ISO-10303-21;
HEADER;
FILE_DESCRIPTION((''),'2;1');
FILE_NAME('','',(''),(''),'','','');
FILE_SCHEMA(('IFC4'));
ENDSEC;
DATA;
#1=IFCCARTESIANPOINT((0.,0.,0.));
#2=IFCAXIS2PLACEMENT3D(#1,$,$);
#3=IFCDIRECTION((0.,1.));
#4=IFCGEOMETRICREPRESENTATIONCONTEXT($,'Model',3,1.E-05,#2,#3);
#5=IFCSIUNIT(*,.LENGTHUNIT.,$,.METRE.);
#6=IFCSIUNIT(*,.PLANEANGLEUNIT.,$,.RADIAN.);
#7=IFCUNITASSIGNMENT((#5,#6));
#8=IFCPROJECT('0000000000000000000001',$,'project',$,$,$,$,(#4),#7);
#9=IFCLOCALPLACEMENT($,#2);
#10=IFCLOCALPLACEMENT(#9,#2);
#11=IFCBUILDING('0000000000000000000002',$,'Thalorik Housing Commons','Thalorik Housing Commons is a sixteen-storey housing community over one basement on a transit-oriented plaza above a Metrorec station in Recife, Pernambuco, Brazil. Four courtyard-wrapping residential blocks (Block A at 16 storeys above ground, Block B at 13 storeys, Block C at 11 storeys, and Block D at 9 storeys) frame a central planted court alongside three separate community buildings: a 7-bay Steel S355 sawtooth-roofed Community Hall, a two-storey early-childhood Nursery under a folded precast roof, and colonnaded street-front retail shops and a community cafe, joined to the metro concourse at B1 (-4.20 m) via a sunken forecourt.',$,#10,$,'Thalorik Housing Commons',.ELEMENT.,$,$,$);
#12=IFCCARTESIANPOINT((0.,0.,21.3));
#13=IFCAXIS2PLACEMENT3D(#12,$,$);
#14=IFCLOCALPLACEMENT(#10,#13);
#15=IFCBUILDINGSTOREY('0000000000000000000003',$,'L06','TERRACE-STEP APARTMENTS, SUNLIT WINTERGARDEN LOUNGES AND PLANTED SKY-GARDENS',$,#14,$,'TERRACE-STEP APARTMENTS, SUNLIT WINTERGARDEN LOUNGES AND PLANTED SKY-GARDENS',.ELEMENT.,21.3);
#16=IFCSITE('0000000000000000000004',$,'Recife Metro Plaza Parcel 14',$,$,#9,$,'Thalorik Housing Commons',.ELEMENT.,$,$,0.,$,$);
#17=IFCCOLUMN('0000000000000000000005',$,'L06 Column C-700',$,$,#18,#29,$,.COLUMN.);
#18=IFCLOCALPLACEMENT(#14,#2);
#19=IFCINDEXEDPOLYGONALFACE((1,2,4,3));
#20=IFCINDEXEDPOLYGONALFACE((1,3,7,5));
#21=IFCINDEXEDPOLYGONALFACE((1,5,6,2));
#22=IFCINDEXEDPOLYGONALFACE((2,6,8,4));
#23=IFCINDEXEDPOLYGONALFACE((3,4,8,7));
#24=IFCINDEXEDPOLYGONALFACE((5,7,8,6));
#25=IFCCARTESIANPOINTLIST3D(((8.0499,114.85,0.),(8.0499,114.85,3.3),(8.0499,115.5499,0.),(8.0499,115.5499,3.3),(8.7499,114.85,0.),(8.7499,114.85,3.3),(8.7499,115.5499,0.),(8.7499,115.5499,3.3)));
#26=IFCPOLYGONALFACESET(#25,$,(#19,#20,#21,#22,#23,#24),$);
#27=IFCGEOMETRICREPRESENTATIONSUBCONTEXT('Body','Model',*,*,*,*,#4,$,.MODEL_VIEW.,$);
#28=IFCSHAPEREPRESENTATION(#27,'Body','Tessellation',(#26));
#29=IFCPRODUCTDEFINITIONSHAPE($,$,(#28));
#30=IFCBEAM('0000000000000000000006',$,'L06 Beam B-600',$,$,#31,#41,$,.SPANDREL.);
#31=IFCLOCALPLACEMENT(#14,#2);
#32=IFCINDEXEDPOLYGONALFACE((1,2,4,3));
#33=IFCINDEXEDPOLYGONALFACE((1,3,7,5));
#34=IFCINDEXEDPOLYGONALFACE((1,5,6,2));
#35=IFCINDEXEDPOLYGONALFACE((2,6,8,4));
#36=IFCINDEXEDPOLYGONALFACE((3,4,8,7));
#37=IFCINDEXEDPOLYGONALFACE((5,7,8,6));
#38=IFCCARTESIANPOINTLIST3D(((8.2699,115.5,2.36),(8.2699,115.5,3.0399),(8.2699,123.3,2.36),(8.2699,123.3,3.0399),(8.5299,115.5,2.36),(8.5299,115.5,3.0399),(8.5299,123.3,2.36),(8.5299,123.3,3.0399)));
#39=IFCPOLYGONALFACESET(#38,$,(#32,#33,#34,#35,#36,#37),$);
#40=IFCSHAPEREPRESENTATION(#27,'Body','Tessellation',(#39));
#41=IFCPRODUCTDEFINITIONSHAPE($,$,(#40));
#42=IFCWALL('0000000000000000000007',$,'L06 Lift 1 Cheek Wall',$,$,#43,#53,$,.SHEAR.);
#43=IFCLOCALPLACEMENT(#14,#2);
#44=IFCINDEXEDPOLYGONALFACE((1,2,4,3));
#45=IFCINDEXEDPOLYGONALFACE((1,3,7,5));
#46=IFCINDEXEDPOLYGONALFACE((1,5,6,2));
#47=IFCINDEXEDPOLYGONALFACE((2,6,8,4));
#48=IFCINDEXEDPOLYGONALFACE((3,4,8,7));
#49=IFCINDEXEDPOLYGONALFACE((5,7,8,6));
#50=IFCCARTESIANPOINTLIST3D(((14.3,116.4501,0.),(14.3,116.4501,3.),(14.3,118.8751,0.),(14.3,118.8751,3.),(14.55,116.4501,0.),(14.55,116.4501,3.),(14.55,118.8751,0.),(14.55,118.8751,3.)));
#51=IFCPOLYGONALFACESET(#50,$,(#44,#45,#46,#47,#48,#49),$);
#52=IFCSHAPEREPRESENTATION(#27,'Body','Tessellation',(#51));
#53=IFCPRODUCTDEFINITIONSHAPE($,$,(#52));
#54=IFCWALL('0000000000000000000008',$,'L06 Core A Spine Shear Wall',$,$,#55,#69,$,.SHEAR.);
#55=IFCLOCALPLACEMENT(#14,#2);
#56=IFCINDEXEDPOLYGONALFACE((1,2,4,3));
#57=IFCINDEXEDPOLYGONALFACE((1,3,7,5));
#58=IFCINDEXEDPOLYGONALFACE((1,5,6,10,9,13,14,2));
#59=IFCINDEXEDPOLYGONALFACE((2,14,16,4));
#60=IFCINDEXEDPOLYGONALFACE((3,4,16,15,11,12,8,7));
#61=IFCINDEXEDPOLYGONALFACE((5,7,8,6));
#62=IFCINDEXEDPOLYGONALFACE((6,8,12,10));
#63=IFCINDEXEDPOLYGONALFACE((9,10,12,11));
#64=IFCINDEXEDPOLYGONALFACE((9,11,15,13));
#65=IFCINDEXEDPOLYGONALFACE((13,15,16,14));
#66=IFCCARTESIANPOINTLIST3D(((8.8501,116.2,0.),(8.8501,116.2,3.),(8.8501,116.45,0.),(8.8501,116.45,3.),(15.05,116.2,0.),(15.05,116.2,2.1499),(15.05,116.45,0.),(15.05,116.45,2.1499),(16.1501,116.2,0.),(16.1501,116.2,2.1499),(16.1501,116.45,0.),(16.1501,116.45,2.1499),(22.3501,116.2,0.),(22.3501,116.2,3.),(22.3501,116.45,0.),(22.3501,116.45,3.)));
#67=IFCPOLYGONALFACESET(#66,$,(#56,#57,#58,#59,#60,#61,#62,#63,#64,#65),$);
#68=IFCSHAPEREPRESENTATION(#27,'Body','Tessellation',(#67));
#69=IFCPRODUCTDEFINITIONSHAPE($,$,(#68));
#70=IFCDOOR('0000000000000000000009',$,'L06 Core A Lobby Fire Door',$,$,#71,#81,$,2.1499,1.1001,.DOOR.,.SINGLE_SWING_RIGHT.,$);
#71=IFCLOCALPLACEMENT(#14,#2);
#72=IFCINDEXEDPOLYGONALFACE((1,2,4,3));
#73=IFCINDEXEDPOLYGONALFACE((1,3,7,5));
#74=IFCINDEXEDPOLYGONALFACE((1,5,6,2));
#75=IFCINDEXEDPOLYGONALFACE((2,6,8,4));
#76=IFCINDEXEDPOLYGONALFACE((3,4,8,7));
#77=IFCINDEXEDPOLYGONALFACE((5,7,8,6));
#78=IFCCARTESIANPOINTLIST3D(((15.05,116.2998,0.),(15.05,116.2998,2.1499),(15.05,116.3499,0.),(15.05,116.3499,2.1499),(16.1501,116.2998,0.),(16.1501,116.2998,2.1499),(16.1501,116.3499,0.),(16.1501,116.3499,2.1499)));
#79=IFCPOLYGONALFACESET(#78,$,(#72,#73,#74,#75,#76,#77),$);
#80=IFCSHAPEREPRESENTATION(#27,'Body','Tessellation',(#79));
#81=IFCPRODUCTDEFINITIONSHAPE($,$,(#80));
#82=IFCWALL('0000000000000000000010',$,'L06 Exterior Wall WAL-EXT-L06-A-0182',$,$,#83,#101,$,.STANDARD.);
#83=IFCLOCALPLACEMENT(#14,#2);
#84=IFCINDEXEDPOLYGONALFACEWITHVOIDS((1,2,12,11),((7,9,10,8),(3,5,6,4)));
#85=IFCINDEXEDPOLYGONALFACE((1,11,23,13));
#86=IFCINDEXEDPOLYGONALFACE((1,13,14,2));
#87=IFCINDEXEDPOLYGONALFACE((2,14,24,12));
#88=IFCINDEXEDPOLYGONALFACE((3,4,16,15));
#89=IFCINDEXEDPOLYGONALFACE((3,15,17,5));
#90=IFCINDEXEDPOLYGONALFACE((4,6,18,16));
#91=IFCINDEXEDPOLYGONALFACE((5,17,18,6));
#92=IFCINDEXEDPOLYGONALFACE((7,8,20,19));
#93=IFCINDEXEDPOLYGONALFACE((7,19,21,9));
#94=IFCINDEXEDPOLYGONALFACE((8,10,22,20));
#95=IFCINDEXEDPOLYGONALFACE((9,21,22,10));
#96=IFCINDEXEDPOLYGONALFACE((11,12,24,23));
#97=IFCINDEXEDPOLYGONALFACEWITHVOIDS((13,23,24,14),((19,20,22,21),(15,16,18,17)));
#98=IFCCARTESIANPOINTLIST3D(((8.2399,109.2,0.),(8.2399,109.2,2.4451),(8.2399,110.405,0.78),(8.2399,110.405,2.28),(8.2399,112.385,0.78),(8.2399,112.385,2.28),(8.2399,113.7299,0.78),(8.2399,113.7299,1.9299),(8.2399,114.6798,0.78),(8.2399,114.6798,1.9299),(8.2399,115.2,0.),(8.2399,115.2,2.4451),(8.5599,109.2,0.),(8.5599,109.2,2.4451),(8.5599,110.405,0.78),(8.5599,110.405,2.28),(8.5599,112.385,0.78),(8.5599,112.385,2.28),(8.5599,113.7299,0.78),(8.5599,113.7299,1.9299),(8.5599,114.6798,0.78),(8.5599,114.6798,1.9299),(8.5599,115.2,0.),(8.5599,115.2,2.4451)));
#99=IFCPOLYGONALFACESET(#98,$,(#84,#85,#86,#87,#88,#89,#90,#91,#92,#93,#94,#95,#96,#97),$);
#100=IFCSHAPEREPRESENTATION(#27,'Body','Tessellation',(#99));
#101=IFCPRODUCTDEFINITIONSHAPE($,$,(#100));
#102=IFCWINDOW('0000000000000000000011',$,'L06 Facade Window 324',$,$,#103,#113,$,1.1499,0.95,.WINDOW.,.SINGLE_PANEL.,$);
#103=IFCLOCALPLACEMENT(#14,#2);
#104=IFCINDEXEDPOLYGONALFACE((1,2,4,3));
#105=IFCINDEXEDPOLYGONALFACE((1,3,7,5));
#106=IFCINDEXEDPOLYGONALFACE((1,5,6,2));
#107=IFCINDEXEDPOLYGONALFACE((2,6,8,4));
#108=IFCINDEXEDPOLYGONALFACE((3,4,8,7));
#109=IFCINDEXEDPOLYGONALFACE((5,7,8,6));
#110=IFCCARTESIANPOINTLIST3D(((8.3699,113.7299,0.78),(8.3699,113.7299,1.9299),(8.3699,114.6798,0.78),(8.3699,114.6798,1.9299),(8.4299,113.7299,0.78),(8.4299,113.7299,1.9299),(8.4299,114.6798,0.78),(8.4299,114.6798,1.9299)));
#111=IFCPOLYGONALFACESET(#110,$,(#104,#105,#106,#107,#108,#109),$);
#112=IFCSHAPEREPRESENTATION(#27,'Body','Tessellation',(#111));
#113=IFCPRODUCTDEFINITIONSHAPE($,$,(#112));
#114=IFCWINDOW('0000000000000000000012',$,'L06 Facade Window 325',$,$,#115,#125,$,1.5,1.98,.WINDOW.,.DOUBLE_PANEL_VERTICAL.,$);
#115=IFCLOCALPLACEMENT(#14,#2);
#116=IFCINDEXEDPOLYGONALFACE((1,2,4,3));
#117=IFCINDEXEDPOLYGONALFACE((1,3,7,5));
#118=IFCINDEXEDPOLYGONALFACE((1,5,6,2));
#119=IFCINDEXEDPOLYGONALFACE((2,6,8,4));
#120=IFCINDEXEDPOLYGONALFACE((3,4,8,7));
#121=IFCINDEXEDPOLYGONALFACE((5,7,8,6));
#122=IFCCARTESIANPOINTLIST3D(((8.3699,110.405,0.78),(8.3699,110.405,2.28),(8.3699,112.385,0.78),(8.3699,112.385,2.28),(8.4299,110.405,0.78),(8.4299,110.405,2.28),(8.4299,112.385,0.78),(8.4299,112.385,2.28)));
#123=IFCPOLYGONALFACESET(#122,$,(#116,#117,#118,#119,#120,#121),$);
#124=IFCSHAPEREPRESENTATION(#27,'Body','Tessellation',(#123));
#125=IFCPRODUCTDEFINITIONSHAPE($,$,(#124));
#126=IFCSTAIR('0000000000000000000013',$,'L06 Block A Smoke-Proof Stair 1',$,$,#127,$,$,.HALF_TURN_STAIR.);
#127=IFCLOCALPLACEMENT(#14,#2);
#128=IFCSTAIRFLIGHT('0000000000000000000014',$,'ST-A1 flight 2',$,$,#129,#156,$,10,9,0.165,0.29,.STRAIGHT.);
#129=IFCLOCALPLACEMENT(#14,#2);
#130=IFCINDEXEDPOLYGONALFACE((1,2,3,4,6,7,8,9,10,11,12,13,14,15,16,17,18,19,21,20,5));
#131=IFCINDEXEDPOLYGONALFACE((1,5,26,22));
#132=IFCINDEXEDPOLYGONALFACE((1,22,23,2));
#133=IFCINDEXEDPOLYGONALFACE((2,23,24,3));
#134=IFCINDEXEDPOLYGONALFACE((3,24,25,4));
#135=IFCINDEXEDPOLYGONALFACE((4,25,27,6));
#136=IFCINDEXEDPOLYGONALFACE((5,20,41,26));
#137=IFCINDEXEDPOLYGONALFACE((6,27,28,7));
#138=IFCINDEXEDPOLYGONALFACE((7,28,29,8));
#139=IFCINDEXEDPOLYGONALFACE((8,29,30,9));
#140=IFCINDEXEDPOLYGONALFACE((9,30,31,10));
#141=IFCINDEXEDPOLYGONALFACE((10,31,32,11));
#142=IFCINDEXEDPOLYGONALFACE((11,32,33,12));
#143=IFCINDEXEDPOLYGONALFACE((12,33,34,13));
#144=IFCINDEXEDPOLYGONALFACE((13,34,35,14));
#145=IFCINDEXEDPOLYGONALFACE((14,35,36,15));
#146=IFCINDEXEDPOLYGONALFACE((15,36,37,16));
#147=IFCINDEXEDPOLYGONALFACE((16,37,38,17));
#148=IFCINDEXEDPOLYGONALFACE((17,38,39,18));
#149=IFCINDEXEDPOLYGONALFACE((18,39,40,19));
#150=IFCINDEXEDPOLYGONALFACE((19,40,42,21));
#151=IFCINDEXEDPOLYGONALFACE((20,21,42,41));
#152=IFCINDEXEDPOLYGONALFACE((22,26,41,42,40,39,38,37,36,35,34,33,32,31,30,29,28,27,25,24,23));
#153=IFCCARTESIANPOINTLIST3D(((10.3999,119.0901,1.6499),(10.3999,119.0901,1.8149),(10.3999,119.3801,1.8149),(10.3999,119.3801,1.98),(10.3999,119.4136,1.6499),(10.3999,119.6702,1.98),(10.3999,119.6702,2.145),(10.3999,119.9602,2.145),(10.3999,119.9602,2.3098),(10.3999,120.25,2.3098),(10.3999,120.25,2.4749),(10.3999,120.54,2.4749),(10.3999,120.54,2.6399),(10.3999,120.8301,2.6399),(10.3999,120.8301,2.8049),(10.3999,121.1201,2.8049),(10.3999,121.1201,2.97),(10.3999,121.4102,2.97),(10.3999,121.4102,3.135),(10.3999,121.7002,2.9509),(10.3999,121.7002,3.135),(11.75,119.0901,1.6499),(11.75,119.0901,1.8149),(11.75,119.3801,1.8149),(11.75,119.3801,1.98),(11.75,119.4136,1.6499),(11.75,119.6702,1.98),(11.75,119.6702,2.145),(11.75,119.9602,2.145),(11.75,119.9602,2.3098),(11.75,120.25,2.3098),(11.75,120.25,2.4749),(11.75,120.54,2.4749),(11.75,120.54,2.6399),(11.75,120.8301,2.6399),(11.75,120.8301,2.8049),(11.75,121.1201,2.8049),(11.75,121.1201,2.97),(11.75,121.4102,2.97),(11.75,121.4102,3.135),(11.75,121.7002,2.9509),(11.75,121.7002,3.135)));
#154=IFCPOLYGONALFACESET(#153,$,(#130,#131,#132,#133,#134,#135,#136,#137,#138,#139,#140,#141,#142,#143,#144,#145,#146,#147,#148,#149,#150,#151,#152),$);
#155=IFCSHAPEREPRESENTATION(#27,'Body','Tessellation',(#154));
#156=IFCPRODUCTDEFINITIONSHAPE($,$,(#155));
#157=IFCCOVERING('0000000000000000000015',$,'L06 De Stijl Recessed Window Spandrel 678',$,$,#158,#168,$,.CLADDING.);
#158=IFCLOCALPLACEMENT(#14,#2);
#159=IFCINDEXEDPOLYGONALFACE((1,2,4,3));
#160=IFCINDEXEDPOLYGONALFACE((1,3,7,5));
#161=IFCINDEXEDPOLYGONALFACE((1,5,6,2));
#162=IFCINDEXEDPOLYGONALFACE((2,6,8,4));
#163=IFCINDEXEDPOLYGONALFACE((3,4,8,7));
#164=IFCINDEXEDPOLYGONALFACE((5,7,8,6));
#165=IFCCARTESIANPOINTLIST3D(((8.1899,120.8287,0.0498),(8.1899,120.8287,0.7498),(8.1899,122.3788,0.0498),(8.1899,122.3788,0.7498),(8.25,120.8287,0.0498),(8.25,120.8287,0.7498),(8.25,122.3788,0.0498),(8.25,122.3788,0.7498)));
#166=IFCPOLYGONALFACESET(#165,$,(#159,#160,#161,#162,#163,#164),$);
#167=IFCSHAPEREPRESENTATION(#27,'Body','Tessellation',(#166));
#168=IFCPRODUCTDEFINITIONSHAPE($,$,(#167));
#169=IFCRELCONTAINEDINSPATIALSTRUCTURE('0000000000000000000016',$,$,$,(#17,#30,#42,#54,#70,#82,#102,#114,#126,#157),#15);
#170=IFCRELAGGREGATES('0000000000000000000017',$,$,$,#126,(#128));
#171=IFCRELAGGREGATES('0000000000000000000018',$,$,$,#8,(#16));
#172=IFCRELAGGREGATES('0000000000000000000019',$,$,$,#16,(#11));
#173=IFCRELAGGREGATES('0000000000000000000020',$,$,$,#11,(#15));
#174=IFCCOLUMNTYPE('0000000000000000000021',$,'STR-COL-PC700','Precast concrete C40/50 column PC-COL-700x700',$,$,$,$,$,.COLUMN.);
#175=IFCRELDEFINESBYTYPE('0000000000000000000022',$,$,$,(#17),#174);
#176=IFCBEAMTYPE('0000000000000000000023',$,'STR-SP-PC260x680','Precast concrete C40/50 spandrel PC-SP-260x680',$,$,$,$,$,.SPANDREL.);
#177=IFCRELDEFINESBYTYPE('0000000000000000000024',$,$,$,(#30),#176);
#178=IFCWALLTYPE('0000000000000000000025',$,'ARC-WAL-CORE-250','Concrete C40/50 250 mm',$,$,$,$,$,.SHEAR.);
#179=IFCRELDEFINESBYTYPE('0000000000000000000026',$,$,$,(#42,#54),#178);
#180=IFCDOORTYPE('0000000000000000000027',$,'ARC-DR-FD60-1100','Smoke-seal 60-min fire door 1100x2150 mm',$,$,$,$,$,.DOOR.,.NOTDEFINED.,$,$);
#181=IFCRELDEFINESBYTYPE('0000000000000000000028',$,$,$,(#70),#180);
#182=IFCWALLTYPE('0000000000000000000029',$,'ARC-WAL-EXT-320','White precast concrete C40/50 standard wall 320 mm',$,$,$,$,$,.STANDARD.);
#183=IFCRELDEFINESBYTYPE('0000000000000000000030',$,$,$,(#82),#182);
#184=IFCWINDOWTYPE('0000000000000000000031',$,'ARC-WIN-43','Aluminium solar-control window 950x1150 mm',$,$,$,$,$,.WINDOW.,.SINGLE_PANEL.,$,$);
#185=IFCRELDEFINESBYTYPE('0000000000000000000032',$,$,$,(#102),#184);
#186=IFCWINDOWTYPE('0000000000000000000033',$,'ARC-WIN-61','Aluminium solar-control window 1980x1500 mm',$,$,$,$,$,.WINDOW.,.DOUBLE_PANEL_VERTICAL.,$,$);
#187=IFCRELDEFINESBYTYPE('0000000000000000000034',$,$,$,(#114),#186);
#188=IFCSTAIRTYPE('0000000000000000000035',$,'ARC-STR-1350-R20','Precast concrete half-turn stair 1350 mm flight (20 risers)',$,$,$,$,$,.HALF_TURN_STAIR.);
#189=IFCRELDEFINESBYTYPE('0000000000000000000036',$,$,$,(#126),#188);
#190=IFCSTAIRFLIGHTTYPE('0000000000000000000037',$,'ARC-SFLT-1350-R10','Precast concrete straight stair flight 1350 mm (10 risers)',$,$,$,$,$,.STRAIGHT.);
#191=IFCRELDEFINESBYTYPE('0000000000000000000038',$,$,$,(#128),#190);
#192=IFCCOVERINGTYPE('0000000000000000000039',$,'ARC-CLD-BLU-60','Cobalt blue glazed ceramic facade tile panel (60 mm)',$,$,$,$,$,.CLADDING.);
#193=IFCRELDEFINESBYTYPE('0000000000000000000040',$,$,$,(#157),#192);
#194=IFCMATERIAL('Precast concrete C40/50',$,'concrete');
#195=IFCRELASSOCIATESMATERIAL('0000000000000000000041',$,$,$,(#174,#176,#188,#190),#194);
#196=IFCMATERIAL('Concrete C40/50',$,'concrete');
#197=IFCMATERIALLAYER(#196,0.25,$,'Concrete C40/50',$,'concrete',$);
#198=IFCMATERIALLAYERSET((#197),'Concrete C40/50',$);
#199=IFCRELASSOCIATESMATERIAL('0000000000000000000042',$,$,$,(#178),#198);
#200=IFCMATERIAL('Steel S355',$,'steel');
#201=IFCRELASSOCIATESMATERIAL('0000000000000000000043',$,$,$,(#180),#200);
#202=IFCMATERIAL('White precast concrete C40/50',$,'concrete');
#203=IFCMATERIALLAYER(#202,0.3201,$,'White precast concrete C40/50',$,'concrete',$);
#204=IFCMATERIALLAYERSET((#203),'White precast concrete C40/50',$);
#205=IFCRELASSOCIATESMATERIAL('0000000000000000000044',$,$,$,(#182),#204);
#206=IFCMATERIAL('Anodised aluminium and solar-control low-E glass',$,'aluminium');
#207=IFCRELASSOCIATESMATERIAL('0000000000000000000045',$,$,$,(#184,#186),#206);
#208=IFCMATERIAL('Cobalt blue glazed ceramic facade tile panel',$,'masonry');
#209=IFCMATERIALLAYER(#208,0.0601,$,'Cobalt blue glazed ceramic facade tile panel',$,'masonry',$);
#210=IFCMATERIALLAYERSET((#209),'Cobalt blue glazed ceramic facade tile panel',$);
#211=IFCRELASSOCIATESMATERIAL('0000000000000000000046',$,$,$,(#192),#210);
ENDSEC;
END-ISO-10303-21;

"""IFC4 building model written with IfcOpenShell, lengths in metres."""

from ifc_helpers import new_model, si_unit, direction, frame, frame_2d, origin, origin_2d, place, context, subcontext, project, spatial, polyline, rectangle, outline, extrude, material, layer, layer_set, material_profile, profile_set, type_object, element, fill, aggregate, save


model = new_model("IFC4")

# Units and contexts
model_context = context("Model", 3, precision=1e-05, world=origin(), true_north=direction((0.0, 1.0)))
body_context = subcontext(model_context, "Body", "Model", "MODEL_VIEW")
ifc_project = project(units=[si_unit("LENGTHUNIT", "METRE"), si_unit("PLANEANGLEUNIT", "RADIAN")], contexts=[model_context])

# Site, building, storey
site_placement = place(None, origin())
site = spatial("IfcSite", under=ifc_project, at=site_placement, Name="Recife Metro Plaza Parcel 14", LongName="Thalorik Housing Commons", CompositionType="ELEMENT", RefElevation=0.0)
building_placement = place(site_placement, origin())
building = spatial("IfcBuilding", under=site, at=building_placement, Name="Thalorik Housing Commons", Description="Thalorik Housing Commons is a sixteen-storey housing community over one basement on a transit-oriented plaza above a Metrorec station in Recife, Pernambuco, Brazil. Four courtyard-wrapping residential blocks (Block A at 16 storeys above ground, Block B at 13 storeys, Block C at 11 storeys, and Block D at 9 storeys) frame a central planted court alongside three separate community buildings: a 7-bay Steel S355 sawtooth-roofed Community Hall, a two-storey early-childhood Nursery under a folded precast roof, and colonnaded street-front retail shops and a community cafe, joined to the metro concourse at B1 (-4.20 m) via a sunken forecourt.", LongName="Thalorik Housing Commons", CompositionType="ELEMENT")
storey_placement = place(building_placement, frame((0.0, 0.0, 21.3)))
storey = spatial("IfcBuildingStorey", under=building, at=storey_placement, Name="L06", Description="TERRACE-STEP APARTMENTS, SUNLIT WINTERGARDEN LOUNGES AND PLANTED SKY-GARDENS", LongName="TERRACE-STEP APARTMENTS, SUNLIT WINTERGARDEN LOUNGES AND PLANTED SKY-GARDENS", CompositionType="ELEMENT", Elevation=21.3)

# Column
ifc_material_1 = material(Name="Precast concrete C40/50", Category="concrete")
ifc_material_profile_1 = material_profile(ifc_material_1, rectangle(XDim=0.7, YDim=0.7, at=origin_2d()), Name="PC 700x700", Category="concrete")
ifc_profile_set_1 = profile_set([ifc_material_profile_1], Name="Precast concrete C40/50")
column_type = type_object("IfcColumnType", Name="STR-COL-PC700", Description="Precast concrete C40/50 column PC-COL-700x700", PredefinedType="COLUMN", material=ifc_profile_set_1)
column_placement = place(storey_placement, frame((8.3999, 115.2, 0.0), z_axis=(0.0, 0.0, 1.0), x_axis=(1.0, 0.0, 0.0)))
element("IfcColumn", 1, at=column_placement, inside=storey, type_object=column_type, Name="L06 Column C-700", PredefinedType="COLUMN", context=body_context, shape_type="SweptSolid", body=[
    extrude(rectangle(XDim=0.7, YDim=0.7, at=origin_2d()), origin(), (0.0, 0.0, 1.0), 3.3),
])

# Beam
ifc_material_profile_2 = material_profile(ifc_material_1, rectangle(XDim=0.26, YDim=0.6799, at=origin_2d()), Name="PC SP 260x680", Category="concrete")
ifc_profile_set_2 = profile_set([ifc_material_profile_2], Name="Precast concrete C40/50")
beam_type = type_object("IfcBeamType", Name="STR-SP-PC260x680", Description="Precast concrete C40/50 spandrel PC-SP-260x680", PredefinedType="SPANDREL", material=ifc_profile_set_2)
beam_placement = place(storey_placement, frame((8.3999, 115.5, 2.7), z_axis=(0.0, 1.0, 0.0), x_axis=(-1.0, 0.0, 0.0)))
element("IfcBeam", 2, at=beam_placement, inside=storey, type_object=beam_type, Name="L06 Beam B-600", PredefinedType="SPANDREL", context=body_context, shape_type="SweptSolid", body=[
    extrude(rectangle(XDim=0.26, YDim=0.6799, at=origin_2d()), origin(), (0.0, 0.0, 1.0), 7.8),
])

# Shared definitions
ifc_material_2 = material(Name="Concrete C40/50", Category="concrete")
ifc_layer_1 = layer(ifc_material_2, 0.25, Name="Concrete C40/50", Category="concrete")
ifc_layer_set_1 = layer_set([ifc_layer_1], Name="Concrete C40/50")
wall_type_1 = type_object("IfcWallType", Name="ARC-WAL-CORE-250", Description="Concrete C40/50 250 mm", PredefinedType="SHEAR", material=ifc_layer_set_1)
ifc_material_3 = material(Name="Steel S355", Category="steel")

# Wall
wall_1_placement = place(storey_placement, frame((14.425, 118.875, 0.0), z_axis=(0.0, 0.0, 1.0), x_axis=(0.0, -1.0, 0.0)))
element("IfcWall", 3, at=wall_1_placement, inside=storey, type_object=wall_type_1, Name="L06 Lift 1 Cheek Wall", PredefinedType="SHEAR", context=body_context, shape_type="SweptSolid", body=[
    extrude(rectangle(XDim=2.425, YDim=0.25, at=frame_2d((1.2124, 0.0))), origin(), (0.0, 0.0, 1.0), 3.0),
])

# Wall, opening, door
wall_2_placement = place(storey_placement, frame((8.8501, 116.325, 0.0), z_axis=(0.0, 0.0, 1.0), x_axis=(1.0, 0.0, 0.0)))
wall_2 = element("IfcWall", 4, at=wall_2_placement, inside=storey, type_object=wall_type_1, Name="L06 Core A Spine Shear Wall", PredefinedType="SHEAR", context=body_context, shape_type="SweptSolid", body=[
    extrude(rectangle(XDim=13.5, YDim=0.25, at=frame_2d((6.75, 0.0))), origin(), (0.0, 0.0, 1.0), 3.0),
])
opening_1_placement = place(wall_2_placement, frame((6.2, 0.0, 0.0)))
opening_1 = element("IfcOpeningElement", 5, at=opening_1_placement, cuts=wall_2, PredefinedType="OPENING", context=body_context, shape_type="SweptSolid", body=[
    extrude(rectangle(XDim=1.1001, YDim=2.1499, at=frame_2d((0.55, 1.075))), frame((0.0, 0.135, 0.0), z_axis=(0.0, -1.0, 0.0), x_axis=(1.0, 0.0, 0.0)), (0.0, 0.0, 1.0), 0.27),
])
door_type_1 = type_object("IfcDoorType", Name="ARC-DR-FD60-1100", Description="Smoke-seal 60-min fire door 1100x2150 mm", OperationType="NOTDEFINED", PredefinedType="DOOR", material=ifc_material_3)
door_1_placement = place(opening_1_placement, origin())
door_1 = element("IfcDoor", 6, at=door_1_placement, inside=storey, type_object=door_type_1, Name="L06 Core A Lobby Fire Door", OperationType="SINGLE_SWING_RIGHT", OverallHeight=2.1499, OverallWidth=1.1001, PredefinedType="DOOR", context=body_context, shape_type="SweptSolid", body=[
    extrude(rectangle(XDim=1.1001, YDim=2.1499, at=frame_2d((0.55, 1.075))), frame((0.0, 0.0249, 0.0), z_axis=(0.0, -1.0, 0.0), x_axis=(1.0, 0.0, 0.0)), (0.0, 0.0, 1.0), 0.05),
])
fill(opening_1, door_1)

# Wall, openings, windows
ifc_material_4 = material(Name="White precast concrete C40/50", Category="concrete")
ifc_layer_2 = layer(ifc_material_4, 0.3201, Name="White precast concrete C40/50", Category="concrete")
ifc_layer_set_2 = layer_set([ifc_layer_2], Name="White precast concrete C40/50")
wall_type_2 = type_object("IfcWallType", Name="ARC-WAL-EXT-320", Description="White precast concrete C40/50 standard wall 320 mm", PredefinedType="STANDARD", material=ifc_layer_set_2)
wall_3_placement = place(storey_placement, frame((8.3999, 115.2, 0.0), z_axis=(0.0, 0.0, 1.0), x_axis=(0.0, -1.0, 0.0)))
wall_3 = element("IfcWall", 7, at=wall_3_placement, inside=storey, type_object=wall_type_2, Name="L06 Exterior Wall WAL-EXT-L06-A-0182", PredefinedType="STANDARD", context=body_context, shape_type="SweptSolid", body=[
    extrude(rectangle(XDim=6.0, YDim=0.3201, at=frame_2d((3.0, 0.0))), origin(), (0.0, 0.0, 1.0), 2.4451),
])
opening_2_placement = place(wall_3_placement, frame((0.52, 0.0, 0.78)))
opening_2 = element("IfcOpeningElement", 8, at=opening_2_placement, cuts=wall_3, PredefinedType="OPENING", context=body_context, shape_type="SweptSolid", body=[
    extrude(rectangle(XDim=0.95, YDim=1.1499, at=frame_2d((0.4751, 0.575))), frame((0.0, 0.1699, 0.0), z_axis=(0.0, -1.0, 0.0), x_axis=(1.0, 0.0, 0.0)), (0.0, 0.0, 1.0), 0.3401),
])
opening_3_placement = place(wall_3_placement, frame((2.8149, 0.0, 0.78)))
opening_3 = element("IfcOpeningElement", 9, at=opening_3_placement, cuts=wall_3, PredefinedType="OPENING", context=body_context, shape_type="SweptSolid", body=[
    extrude(rectangle(XDim=1.98, YDim=1.5, at=frame_2d((0.99, 0.75))), frame((0.0, 0.1699, 0.0), z_axis=(0.0, -1.0, 0.0), x_axis=(1.0, 0.0, 0.0)), (0.0, 0.0, 1.0), 0.3401),
])
ifc_material_5 = material(Name="Anodised aluminium and solar-control low-E glass", Category="aluminium")
window_type_1 = type_object("IfcWindowType", Name="ARC-WIN-43", Description="Aluminium solar-control window 950x1150 mm", PartitioningType="SINGLE_PANEL", PredefinedType="WINDOW", material=ifc_material_5)
window_1_placement = place(opening_2_placement, origin())
window_1 = element("IfcWindow", 10, at=window_1_placement, inside=storey, type_object=window_type_1, Name="L06 Facade Window 324", OverallHeight=1.1499, OverallWidth=0.95, PartitioningType="SINGLE_PANEL", PredefinedType="WINDOW", context=body_context, shape_type="SweptSolid", body=[
    extrude(rectangle(XDim=0.95, YDim=1.1499, at=frame_2d((0.4751, 0.575))), frame((0.0, 0.03, 0.0), z_axis=(0.0, -1.0, 0.0), x_axis=(1.0, 0.0, 0.0)), (0.0, 0.0, 1.0), 0.0601),
])
fill(opening_2, window_1)
window_type_2 = type_object("IfcWindowType", Name="ARC-WIN-61", Description="Aluminium solar-control window 1980x1500 mm", PartitioningType="DOUBLE_PANEL_VERTICAL", PredefinedType="WINDOW", material=ifc_material_5)
window_2_placement = place(opening_3_placement, origin())
window_2 = element("IfcWindow", 11, at=window_2_placement, inside=storey, type_object=window_type_2, Name="L06 Facade Window 325", OverallHeight=1.5, OverallWidth=1.98, PartitioningType="DOUBLE_PANEL_VERTICAL", PredefinedType="WINDOW", context=body_context, shape_type="SweptSolid", body=[
    extrude(rectangle(XDim=1.98, YDim=1.5, at=frame_2d((0.99, 0.75))), frame((0.0, 0.03, 0.0), z_axis=(0.0, -1.0, 0.0), x_axis=(1.0, 0.0, 0.0)), (0.0, 0.0, 1.0), 0.0601),
])
fill(opening_3, window_2)

# Stair, stair flight
stair_type = type_object("IfcStairType", Name="ARC-STR-1350-R20", Description="Precast concrete half-turn stair 1350 mm flight (20 risers)", PredefinedType="HALF_TURN_STAIR", material=ifc_material_1)
stair_placement = place(storey_placement, origin())
stair = element("IfcStair", 12, at=stair_placement, inside=storey, type_object=stair_type, Name="L06 Block A Smoke-Proof Stair 1", PredefinedType="HALF_TURN_STAIR")
stair_flight_type = type_object("IfcStairFlightType", Name="ARC-SFLT-1350-R10", Description="Precast concrete straight stair flight 1350 mm (10 risers)", PredefinedType="STRAIGHT", material=ifc_material_1)
stair_flight_placement = place(storey_placement, frame((11.075, 119.0901, 1.6499), z_axis=(0.0, 0.0, 1.0), x_axis=(0.0, 1.0, 0.0)))
stair_flight = element("IfcStairFlight", 13, at=stair_flight_placement, type_object=stair_flight_type, Name="ST-A1 flight 2", NumberOfRisers=10, NumberOfTreads=9, PredefinedType="STRAIGHT", RiserHeight=0.165, TreadLength=0.29, context=body_context, shape_type="SweptSolid", body=[
    extrude(outline(polyline([(0.0, 0.0), (0.0, 0.165), (0.29, 0.165), (0.29, 0.3301), (0.5801, 0.3301), (0.5801, 0.4951), (0.8701, 0.4951), (0.8701, 0.6599), (1.1599, 0.6599), (1.1599, 0.825), (1.45, 0.825), (1.45, 0.99), (1.74, 0.99), (1.74, 1.155), (2.03, 1.155), (2.03, 1.3201), (2.3201, 1.3201), (2.3201, 1.4851), (2.6101, 1.4851), (2.6101, 1.6499), (2.6101, 1.301), (0.3235, 0.0), (0.0, 0.0)])), frame((0.0, 0.675, 0.0), z_axis=(0.0, -1.0, 0.0), x_axis=(1.0, 0.0, 0.0)), (0.0, 0.0, 1.0), 1.3501),
])
aggregate(stair, [stair_flight])

# Covering
ifc_material_6 = material(Name="Cobalt blue glazed ceramic facade tile panel", Category="masonry")
ifc_layer_3 = layer(ifc_material_6, 0.0601, Name="Cobalt blue glazed ceramic facade tile panel", Category="masonry")
ifc_layer_set_3 = layer_set([ifc_layer_3], Name="Cobalt blue glazed ceramic facade tile panel")
covering_type_1 = type_object("IfcCoveringType", Name="ARC-CLD-BLU-60", Description="Cobalt blue glazed ceramic facade tile panel (60 mm)", PredefinedType="CLADDING", material=ifc_layer_set_3)
covering_1_placement = place(storey_placement, frame((8.22, 121.6038, 0.0498), z_axis=(0.0, 0.0, 1.0), x_axis=(0.0, -1.0, 0.0)))
element("IfcCovering", 14, at=covering_1_placement, inside=storey, type_object=covering_type_1, Name="L06 De Stijl Recessed Window Spandrel 678", PredefinedType="CLADDING", context=body_context, shape_type="SweptSolid", body=[
    extrude(rectangle(XDim=1.55, YDim=0.0601, at=origin_2d()), origin(), (0.0, 0.0, 1.0), 0.7),
])

save(model, "model.ifc")
